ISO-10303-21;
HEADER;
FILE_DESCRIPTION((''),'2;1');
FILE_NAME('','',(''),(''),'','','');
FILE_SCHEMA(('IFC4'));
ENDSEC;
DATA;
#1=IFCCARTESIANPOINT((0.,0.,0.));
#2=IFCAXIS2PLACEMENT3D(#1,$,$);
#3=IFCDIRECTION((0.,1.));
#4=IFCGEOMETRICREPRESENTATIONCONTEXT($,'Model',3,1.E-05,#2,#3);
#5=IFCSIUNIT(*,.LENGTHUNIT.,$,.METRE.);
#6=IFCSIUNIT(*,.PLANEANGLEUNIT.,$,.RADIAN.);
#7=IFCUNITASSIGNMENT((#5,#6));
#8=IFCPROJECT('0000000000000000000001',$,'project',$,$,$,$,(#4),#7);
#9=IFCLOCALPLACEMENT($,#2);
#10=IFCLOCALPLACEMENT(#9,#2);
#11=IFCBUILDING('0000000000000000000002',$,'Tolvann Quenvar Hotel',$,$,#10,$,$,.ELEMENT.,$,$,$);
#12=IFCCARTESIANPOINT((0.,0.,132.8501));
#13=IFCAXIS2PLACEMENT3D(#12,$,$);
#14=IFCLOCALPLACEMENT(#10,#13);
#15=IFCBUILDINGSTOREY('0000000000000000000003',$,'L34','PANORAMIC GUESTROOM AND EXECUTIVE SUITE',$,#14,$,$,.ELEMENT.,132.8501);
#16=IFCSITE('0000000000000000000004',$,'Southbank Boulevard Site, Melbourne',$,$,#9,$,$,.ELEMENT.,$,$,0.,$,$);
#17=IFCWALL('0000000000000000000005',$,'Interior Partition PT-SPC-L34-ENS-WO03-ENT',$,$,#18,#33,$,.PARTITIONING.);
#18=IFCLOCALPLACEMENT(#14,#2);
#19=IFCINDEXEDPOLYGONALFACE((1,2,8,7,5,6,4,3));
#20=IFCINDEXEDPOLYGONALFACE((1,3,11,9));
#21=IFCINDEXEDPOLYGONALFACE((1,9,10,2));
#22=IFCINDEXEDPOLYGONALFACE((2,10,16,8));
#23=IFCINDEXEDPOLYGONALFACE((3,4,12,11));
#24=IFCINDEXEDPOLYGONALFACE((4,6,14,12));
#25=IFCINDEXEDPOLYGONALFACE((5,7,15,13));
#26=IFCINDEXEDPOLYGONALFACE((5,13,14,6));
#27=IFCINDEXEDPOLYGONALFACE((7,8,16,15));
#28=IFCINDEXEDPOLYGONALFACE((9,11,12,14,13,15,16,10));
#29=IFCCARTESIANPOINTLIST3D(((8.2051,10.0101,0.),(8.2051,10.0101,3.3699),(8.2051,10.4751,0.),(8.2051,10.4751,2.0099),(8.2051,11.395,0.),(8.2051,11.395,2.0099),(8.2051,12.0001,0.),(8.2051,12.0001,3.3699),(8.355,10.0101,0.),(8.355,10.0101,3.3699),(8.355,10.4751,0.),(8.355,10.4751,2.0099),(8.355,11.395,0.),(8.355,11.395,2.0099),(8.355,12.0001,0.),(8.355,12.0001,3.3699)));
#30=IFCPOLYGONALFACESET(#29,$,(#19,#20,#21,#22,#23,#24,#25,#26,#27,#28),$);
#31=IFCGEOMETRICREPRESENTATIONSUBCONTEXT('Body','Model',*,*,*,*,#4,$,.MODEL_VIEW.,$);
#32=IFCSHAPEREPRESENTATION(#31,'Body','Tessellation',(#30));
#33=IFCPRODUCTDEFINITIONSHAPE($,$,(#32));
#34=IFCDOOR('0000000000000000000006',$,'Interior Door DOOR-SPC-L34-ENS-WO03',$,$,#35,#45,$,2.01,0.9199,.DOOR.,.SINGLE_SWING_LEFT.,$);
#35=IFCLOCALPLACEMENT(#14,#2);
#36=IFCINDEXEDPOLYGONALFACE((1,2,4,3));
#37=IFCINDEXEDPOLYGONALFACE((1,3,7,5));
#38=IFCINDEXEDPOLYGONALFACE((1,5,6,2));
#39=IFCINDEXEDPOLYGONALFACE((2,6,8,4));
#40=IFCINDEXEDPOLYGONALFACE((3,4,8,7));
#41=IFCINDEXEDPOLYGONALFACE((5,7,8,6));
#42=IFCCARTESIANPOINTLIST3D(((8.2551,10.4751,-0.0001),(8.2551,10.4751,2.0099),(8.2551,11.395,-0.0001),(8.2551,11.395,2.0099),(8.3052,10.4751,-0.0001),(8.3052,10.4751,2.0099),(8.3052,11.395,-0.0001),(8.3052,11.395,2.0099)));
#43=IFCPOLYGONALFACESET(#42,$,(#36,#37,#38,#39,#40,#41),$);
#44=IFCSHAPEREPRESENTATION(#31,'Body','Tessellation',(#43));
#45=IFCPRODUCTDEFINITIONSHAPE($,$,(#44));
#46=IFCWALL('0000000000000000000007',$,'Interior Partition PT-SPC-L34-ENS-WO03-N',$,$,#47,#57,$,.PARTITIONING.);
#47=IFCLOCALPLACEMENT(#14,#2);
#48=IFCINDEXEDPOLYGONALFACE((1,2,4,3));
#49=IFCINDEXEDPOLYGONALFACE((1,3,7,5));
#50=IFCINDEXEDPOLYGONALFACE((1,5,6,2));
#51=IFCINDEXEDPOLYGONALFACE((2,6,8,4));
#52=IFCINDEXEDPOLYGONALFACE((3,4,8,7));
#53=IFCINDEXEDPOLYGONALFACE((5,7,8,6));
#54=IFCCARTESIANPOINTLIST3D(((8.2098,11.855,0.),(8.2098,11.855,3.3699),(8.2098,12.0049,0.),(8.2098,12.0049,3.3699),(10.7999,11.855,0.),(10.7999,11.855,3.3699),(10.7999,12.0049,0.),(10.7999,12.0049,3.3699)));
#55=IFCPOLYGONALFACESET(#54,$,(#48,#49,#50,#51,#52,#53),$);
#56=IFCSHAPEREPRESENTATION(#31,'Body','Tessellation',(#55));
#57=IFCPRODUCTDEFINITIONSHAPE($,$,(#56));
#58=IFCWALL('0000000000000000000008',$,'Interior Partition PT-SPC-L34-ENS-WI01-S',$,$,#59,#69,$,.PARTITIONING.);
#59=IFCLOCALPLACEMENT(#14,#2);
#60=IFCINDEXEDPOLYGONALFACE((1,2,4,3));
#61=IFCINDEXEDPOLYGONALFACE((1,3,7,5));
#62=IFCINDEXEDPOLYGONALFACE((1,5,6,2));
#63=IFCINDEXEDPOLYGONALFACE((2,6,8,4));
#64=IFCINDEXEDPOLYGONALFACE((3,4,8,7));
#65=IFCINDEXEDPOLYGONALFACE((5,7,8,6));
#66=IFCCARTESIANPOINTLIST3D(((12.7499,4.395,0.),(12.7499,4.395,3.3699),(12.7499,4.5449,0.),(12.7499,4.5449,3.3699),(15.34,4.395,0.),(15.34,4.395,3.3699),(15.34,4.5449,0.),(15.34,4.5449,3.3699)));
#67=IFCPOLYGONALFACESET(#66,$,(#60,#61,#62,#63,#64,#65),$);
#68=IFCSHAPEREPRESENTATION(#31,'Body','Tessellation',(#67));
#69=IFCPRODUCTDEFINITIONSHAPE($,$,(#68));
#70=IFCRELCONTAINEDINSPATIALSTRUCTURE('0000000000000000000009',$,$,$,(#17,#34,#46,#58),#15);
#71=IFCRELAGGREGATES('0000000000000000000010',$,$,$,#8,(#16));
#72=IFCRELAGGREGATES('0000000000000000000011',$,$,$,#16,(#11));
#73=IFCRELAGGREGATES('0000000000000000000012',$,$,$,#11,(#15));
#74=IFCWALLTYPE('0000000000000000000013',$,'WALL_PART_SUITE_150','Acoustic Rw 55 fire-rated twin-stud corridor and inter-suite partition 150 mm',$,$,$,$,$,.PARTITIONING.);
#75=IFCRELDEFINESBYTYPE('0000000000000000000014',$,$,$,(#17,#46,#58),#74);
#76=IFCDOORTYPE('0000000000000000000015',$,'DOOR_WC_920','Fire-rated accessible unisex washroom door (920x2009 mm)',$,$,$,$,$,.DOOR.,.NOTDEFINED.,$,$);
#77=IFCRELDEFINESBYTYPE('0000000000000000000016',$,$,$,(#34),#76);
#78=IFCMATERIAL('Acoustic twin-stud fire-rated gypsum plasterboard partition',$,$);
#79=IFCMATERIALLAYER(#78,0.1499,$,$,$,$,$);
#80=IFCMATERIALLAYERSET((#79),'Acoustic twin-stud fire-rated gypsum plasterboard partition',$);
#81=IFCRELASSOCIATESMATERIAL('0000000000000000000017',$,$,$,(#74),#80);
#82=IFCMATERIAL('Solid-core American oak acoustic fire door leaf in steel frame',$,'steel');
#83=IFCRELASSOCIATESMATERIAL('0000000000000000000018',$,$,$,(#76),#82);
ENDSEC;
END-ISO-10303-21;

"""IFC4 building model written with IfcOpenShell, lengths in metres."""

from ifc_helpers import new_model, si_unit, direction, frame, frame_2d, origin, place, context, subcontext, project, spatial, rectangle, extrude, source, transform, mapped, material, layer, layer_set, type_object, type_shapes, element, fill, save


model = new_model("IFC4")

# Units and contexts
model_context = context("Model", 3, precision=1e-05, world=origin(), true_north=direction((0.0, 1.0)))
body_context = subcontext(model_context, "Body", "Model", "MODEL_VIEW")
ifc_project = project(units=[si_unit("LENGTHUNIT", "METRE"), si_unit("PLANEANGLEUNIT", "RADIAN")], contexts=[model_context])

# Site, building, storey
site_placement = place(None, origin())
site = spatial("IfcSite", under=ifc_project, at=site_placement, Name="Southbank Boulevard Site, Melbourne", CompositionType="ELEMENT", RefElevation=0.0)
building_placement = place(site_placement, origin())
building = spatial("IfcBuilding", under=site, at=building_placement, Name="Tolvann Quenvar Hotel", CompositionType="ELEMENT")
storey_placement = place(building_placement, frame((0.0, 0.0, 132.8501)))
storey = spatial("IfcBuildingStorey", under=building, at=storey_placement, Name="L34", Description="PANORAMIC GUESTROOM AND EXECUTIVE SUITE", CompositionType="ELEMENT", Elevation=132.8501)

# Shared definitions
ifc_material_1 = material(Name="Acoustic twin-stud fire-rated gypsum plasterboard partition")
ifc_layer_1 = layer(ifc_material_1, 0.1499)
ifc_layer_set_1 = layer_set([ifc_layer_1], Name="Acoustic twin-stud fire-rated gypsum plasterboard partition")
wall_type_1 = type_object("IfcWallType", Name="WALL_PART_SUITE_150", Description="Acoustic Rw 55 fire-rated twin-stud corridor and inter-suite partition 150 mm", PredefinedType="PARTITIONING", material=ifc_layer_set_1)
ifc_material_2 = material(Name="Solid-core American oak acoustic fire door leaf in steel frame", Category="steel")
door_type_1 = type_object("IfcDoorType", Name="DOOR_WC_920", Description="Fire-rated accessible unisex washroom door (920x2009 mm)", OperationType="NOTDEFINED", PredefinedType="DOOR", material=ifc_material_2)
shared_shape_1 = source(origin(), body_context, "Body", "SweptSolid", [
    extrude(rectangle(XDim=0.9199, YDim=2.01, at=frame_2d((0.46, 1.0049))), frame((0.0, 0.0249, 0.0), z_axis=(0.0, -1.0, 0.0), x_axis=(1.0, 0.0, 0.0)), (0.0, 0.0, 1.0), 0.05),
])
type_shapes(door_type_1, [shared_shape_1])

# Wall, opening, door
wall_1_placement = place(storey_placement, frame((8.28, 10.01, 0.0), z_axis=(0.0, 0.0, 1.0), x_axis=(0.0, 1.0, 0.0)))
wall_1 = element("IfcWall", 1, at=wall_1_placement, inside=storey, type_object=wall_type_1, Name="Interior Partition PT-SPC-L34-ENS-WO03-ENT", PredefinedType="PARTITIONING", context=body_context, shape_type="SweptSolid", body=[
    extrude(rectangle(XDim=1.99, YDim=0.1499, at=frame_2d((0.9951, 0.0))), origin(), (0.0, 0.0, 1.0), 3.3699),
])
opening_1_placement = place(wall_1_placement, frame((0.4651, 0.0, 0.0)))
opening_1 = element("IfcOpeningElement", 2, at=opening_1_placement, cuts=wall_1, PredefinedType="OPENING", context=body_context, shape_type="SweptSolid", body=[
    extrude(rectangle(XDim=0.9199, YDim=2.01, at=frame_2d((0.46, 1.0049))), frame((0.0, 0.085, 0.0), z_axis=(0.0, -1.0, 0.0), x_axis=(1.0, 0.0, 0.0)), (0.0, 0.0, 1.0), 0.1699),
])
door_1_placement = place(opening_1_placement, origin())
door_1 = element("IfcDoor", 3, at=door_1_placement, inside=storey, type_object=door_type_1, Name="Interior Door DOOR-SPC-L34-ENS-WO03", OperationType="SINGLE_SWING_LEFT", OverallHeight=2.01, OverallWidth=0.9199, PredefinedType="DOOR", context=body_context, shape_type="MappedRepresentation", body=[
    mapped(shared_shape_1, transform((0.0, 0.0, 0.0), x_axis=(1.0, 0.0, 0.0), y_axis=(0.0, 1.0, 0.0), z_axis=(0.0, 0.0, 1.0), scale=1.0)),
])
fill(opening_1, door_1)

# Walls
for number, where, z_axis, x_axis, name in (
    (4, (8.21, 11.9299, 0.0), (0.0, 0.0, 1.0), (1.0, 0.0, 0.0), "Interior Partition PT-SPC-L34-ENS-WO03-N"),
    (5, (12.75, 4.47, 0.0), (0.0, 0.0, 1.0), (1.0, 0.0, 0.0), "Interior Partition PT-SPC-L34-ENS-WI01-S"),
):
    element("IfcWall", number, at=place(storey_placement, frame(where, z_axis=z_axis, x_axis=x_axis)), inside=storey, type_object=wall_type_1, Name=name, PredefinedType="PARTITIONING", context=body_context, shape_type="SweptSolid", body=[
        extrude(rectangle(XDim=2.5901, YDim=0.1499, at=frame_2d((1.2949, 0.0))), origin(), (0.0, 0.0, 1.0), 3.3699),
    ])

save(model, "model.ifc")
